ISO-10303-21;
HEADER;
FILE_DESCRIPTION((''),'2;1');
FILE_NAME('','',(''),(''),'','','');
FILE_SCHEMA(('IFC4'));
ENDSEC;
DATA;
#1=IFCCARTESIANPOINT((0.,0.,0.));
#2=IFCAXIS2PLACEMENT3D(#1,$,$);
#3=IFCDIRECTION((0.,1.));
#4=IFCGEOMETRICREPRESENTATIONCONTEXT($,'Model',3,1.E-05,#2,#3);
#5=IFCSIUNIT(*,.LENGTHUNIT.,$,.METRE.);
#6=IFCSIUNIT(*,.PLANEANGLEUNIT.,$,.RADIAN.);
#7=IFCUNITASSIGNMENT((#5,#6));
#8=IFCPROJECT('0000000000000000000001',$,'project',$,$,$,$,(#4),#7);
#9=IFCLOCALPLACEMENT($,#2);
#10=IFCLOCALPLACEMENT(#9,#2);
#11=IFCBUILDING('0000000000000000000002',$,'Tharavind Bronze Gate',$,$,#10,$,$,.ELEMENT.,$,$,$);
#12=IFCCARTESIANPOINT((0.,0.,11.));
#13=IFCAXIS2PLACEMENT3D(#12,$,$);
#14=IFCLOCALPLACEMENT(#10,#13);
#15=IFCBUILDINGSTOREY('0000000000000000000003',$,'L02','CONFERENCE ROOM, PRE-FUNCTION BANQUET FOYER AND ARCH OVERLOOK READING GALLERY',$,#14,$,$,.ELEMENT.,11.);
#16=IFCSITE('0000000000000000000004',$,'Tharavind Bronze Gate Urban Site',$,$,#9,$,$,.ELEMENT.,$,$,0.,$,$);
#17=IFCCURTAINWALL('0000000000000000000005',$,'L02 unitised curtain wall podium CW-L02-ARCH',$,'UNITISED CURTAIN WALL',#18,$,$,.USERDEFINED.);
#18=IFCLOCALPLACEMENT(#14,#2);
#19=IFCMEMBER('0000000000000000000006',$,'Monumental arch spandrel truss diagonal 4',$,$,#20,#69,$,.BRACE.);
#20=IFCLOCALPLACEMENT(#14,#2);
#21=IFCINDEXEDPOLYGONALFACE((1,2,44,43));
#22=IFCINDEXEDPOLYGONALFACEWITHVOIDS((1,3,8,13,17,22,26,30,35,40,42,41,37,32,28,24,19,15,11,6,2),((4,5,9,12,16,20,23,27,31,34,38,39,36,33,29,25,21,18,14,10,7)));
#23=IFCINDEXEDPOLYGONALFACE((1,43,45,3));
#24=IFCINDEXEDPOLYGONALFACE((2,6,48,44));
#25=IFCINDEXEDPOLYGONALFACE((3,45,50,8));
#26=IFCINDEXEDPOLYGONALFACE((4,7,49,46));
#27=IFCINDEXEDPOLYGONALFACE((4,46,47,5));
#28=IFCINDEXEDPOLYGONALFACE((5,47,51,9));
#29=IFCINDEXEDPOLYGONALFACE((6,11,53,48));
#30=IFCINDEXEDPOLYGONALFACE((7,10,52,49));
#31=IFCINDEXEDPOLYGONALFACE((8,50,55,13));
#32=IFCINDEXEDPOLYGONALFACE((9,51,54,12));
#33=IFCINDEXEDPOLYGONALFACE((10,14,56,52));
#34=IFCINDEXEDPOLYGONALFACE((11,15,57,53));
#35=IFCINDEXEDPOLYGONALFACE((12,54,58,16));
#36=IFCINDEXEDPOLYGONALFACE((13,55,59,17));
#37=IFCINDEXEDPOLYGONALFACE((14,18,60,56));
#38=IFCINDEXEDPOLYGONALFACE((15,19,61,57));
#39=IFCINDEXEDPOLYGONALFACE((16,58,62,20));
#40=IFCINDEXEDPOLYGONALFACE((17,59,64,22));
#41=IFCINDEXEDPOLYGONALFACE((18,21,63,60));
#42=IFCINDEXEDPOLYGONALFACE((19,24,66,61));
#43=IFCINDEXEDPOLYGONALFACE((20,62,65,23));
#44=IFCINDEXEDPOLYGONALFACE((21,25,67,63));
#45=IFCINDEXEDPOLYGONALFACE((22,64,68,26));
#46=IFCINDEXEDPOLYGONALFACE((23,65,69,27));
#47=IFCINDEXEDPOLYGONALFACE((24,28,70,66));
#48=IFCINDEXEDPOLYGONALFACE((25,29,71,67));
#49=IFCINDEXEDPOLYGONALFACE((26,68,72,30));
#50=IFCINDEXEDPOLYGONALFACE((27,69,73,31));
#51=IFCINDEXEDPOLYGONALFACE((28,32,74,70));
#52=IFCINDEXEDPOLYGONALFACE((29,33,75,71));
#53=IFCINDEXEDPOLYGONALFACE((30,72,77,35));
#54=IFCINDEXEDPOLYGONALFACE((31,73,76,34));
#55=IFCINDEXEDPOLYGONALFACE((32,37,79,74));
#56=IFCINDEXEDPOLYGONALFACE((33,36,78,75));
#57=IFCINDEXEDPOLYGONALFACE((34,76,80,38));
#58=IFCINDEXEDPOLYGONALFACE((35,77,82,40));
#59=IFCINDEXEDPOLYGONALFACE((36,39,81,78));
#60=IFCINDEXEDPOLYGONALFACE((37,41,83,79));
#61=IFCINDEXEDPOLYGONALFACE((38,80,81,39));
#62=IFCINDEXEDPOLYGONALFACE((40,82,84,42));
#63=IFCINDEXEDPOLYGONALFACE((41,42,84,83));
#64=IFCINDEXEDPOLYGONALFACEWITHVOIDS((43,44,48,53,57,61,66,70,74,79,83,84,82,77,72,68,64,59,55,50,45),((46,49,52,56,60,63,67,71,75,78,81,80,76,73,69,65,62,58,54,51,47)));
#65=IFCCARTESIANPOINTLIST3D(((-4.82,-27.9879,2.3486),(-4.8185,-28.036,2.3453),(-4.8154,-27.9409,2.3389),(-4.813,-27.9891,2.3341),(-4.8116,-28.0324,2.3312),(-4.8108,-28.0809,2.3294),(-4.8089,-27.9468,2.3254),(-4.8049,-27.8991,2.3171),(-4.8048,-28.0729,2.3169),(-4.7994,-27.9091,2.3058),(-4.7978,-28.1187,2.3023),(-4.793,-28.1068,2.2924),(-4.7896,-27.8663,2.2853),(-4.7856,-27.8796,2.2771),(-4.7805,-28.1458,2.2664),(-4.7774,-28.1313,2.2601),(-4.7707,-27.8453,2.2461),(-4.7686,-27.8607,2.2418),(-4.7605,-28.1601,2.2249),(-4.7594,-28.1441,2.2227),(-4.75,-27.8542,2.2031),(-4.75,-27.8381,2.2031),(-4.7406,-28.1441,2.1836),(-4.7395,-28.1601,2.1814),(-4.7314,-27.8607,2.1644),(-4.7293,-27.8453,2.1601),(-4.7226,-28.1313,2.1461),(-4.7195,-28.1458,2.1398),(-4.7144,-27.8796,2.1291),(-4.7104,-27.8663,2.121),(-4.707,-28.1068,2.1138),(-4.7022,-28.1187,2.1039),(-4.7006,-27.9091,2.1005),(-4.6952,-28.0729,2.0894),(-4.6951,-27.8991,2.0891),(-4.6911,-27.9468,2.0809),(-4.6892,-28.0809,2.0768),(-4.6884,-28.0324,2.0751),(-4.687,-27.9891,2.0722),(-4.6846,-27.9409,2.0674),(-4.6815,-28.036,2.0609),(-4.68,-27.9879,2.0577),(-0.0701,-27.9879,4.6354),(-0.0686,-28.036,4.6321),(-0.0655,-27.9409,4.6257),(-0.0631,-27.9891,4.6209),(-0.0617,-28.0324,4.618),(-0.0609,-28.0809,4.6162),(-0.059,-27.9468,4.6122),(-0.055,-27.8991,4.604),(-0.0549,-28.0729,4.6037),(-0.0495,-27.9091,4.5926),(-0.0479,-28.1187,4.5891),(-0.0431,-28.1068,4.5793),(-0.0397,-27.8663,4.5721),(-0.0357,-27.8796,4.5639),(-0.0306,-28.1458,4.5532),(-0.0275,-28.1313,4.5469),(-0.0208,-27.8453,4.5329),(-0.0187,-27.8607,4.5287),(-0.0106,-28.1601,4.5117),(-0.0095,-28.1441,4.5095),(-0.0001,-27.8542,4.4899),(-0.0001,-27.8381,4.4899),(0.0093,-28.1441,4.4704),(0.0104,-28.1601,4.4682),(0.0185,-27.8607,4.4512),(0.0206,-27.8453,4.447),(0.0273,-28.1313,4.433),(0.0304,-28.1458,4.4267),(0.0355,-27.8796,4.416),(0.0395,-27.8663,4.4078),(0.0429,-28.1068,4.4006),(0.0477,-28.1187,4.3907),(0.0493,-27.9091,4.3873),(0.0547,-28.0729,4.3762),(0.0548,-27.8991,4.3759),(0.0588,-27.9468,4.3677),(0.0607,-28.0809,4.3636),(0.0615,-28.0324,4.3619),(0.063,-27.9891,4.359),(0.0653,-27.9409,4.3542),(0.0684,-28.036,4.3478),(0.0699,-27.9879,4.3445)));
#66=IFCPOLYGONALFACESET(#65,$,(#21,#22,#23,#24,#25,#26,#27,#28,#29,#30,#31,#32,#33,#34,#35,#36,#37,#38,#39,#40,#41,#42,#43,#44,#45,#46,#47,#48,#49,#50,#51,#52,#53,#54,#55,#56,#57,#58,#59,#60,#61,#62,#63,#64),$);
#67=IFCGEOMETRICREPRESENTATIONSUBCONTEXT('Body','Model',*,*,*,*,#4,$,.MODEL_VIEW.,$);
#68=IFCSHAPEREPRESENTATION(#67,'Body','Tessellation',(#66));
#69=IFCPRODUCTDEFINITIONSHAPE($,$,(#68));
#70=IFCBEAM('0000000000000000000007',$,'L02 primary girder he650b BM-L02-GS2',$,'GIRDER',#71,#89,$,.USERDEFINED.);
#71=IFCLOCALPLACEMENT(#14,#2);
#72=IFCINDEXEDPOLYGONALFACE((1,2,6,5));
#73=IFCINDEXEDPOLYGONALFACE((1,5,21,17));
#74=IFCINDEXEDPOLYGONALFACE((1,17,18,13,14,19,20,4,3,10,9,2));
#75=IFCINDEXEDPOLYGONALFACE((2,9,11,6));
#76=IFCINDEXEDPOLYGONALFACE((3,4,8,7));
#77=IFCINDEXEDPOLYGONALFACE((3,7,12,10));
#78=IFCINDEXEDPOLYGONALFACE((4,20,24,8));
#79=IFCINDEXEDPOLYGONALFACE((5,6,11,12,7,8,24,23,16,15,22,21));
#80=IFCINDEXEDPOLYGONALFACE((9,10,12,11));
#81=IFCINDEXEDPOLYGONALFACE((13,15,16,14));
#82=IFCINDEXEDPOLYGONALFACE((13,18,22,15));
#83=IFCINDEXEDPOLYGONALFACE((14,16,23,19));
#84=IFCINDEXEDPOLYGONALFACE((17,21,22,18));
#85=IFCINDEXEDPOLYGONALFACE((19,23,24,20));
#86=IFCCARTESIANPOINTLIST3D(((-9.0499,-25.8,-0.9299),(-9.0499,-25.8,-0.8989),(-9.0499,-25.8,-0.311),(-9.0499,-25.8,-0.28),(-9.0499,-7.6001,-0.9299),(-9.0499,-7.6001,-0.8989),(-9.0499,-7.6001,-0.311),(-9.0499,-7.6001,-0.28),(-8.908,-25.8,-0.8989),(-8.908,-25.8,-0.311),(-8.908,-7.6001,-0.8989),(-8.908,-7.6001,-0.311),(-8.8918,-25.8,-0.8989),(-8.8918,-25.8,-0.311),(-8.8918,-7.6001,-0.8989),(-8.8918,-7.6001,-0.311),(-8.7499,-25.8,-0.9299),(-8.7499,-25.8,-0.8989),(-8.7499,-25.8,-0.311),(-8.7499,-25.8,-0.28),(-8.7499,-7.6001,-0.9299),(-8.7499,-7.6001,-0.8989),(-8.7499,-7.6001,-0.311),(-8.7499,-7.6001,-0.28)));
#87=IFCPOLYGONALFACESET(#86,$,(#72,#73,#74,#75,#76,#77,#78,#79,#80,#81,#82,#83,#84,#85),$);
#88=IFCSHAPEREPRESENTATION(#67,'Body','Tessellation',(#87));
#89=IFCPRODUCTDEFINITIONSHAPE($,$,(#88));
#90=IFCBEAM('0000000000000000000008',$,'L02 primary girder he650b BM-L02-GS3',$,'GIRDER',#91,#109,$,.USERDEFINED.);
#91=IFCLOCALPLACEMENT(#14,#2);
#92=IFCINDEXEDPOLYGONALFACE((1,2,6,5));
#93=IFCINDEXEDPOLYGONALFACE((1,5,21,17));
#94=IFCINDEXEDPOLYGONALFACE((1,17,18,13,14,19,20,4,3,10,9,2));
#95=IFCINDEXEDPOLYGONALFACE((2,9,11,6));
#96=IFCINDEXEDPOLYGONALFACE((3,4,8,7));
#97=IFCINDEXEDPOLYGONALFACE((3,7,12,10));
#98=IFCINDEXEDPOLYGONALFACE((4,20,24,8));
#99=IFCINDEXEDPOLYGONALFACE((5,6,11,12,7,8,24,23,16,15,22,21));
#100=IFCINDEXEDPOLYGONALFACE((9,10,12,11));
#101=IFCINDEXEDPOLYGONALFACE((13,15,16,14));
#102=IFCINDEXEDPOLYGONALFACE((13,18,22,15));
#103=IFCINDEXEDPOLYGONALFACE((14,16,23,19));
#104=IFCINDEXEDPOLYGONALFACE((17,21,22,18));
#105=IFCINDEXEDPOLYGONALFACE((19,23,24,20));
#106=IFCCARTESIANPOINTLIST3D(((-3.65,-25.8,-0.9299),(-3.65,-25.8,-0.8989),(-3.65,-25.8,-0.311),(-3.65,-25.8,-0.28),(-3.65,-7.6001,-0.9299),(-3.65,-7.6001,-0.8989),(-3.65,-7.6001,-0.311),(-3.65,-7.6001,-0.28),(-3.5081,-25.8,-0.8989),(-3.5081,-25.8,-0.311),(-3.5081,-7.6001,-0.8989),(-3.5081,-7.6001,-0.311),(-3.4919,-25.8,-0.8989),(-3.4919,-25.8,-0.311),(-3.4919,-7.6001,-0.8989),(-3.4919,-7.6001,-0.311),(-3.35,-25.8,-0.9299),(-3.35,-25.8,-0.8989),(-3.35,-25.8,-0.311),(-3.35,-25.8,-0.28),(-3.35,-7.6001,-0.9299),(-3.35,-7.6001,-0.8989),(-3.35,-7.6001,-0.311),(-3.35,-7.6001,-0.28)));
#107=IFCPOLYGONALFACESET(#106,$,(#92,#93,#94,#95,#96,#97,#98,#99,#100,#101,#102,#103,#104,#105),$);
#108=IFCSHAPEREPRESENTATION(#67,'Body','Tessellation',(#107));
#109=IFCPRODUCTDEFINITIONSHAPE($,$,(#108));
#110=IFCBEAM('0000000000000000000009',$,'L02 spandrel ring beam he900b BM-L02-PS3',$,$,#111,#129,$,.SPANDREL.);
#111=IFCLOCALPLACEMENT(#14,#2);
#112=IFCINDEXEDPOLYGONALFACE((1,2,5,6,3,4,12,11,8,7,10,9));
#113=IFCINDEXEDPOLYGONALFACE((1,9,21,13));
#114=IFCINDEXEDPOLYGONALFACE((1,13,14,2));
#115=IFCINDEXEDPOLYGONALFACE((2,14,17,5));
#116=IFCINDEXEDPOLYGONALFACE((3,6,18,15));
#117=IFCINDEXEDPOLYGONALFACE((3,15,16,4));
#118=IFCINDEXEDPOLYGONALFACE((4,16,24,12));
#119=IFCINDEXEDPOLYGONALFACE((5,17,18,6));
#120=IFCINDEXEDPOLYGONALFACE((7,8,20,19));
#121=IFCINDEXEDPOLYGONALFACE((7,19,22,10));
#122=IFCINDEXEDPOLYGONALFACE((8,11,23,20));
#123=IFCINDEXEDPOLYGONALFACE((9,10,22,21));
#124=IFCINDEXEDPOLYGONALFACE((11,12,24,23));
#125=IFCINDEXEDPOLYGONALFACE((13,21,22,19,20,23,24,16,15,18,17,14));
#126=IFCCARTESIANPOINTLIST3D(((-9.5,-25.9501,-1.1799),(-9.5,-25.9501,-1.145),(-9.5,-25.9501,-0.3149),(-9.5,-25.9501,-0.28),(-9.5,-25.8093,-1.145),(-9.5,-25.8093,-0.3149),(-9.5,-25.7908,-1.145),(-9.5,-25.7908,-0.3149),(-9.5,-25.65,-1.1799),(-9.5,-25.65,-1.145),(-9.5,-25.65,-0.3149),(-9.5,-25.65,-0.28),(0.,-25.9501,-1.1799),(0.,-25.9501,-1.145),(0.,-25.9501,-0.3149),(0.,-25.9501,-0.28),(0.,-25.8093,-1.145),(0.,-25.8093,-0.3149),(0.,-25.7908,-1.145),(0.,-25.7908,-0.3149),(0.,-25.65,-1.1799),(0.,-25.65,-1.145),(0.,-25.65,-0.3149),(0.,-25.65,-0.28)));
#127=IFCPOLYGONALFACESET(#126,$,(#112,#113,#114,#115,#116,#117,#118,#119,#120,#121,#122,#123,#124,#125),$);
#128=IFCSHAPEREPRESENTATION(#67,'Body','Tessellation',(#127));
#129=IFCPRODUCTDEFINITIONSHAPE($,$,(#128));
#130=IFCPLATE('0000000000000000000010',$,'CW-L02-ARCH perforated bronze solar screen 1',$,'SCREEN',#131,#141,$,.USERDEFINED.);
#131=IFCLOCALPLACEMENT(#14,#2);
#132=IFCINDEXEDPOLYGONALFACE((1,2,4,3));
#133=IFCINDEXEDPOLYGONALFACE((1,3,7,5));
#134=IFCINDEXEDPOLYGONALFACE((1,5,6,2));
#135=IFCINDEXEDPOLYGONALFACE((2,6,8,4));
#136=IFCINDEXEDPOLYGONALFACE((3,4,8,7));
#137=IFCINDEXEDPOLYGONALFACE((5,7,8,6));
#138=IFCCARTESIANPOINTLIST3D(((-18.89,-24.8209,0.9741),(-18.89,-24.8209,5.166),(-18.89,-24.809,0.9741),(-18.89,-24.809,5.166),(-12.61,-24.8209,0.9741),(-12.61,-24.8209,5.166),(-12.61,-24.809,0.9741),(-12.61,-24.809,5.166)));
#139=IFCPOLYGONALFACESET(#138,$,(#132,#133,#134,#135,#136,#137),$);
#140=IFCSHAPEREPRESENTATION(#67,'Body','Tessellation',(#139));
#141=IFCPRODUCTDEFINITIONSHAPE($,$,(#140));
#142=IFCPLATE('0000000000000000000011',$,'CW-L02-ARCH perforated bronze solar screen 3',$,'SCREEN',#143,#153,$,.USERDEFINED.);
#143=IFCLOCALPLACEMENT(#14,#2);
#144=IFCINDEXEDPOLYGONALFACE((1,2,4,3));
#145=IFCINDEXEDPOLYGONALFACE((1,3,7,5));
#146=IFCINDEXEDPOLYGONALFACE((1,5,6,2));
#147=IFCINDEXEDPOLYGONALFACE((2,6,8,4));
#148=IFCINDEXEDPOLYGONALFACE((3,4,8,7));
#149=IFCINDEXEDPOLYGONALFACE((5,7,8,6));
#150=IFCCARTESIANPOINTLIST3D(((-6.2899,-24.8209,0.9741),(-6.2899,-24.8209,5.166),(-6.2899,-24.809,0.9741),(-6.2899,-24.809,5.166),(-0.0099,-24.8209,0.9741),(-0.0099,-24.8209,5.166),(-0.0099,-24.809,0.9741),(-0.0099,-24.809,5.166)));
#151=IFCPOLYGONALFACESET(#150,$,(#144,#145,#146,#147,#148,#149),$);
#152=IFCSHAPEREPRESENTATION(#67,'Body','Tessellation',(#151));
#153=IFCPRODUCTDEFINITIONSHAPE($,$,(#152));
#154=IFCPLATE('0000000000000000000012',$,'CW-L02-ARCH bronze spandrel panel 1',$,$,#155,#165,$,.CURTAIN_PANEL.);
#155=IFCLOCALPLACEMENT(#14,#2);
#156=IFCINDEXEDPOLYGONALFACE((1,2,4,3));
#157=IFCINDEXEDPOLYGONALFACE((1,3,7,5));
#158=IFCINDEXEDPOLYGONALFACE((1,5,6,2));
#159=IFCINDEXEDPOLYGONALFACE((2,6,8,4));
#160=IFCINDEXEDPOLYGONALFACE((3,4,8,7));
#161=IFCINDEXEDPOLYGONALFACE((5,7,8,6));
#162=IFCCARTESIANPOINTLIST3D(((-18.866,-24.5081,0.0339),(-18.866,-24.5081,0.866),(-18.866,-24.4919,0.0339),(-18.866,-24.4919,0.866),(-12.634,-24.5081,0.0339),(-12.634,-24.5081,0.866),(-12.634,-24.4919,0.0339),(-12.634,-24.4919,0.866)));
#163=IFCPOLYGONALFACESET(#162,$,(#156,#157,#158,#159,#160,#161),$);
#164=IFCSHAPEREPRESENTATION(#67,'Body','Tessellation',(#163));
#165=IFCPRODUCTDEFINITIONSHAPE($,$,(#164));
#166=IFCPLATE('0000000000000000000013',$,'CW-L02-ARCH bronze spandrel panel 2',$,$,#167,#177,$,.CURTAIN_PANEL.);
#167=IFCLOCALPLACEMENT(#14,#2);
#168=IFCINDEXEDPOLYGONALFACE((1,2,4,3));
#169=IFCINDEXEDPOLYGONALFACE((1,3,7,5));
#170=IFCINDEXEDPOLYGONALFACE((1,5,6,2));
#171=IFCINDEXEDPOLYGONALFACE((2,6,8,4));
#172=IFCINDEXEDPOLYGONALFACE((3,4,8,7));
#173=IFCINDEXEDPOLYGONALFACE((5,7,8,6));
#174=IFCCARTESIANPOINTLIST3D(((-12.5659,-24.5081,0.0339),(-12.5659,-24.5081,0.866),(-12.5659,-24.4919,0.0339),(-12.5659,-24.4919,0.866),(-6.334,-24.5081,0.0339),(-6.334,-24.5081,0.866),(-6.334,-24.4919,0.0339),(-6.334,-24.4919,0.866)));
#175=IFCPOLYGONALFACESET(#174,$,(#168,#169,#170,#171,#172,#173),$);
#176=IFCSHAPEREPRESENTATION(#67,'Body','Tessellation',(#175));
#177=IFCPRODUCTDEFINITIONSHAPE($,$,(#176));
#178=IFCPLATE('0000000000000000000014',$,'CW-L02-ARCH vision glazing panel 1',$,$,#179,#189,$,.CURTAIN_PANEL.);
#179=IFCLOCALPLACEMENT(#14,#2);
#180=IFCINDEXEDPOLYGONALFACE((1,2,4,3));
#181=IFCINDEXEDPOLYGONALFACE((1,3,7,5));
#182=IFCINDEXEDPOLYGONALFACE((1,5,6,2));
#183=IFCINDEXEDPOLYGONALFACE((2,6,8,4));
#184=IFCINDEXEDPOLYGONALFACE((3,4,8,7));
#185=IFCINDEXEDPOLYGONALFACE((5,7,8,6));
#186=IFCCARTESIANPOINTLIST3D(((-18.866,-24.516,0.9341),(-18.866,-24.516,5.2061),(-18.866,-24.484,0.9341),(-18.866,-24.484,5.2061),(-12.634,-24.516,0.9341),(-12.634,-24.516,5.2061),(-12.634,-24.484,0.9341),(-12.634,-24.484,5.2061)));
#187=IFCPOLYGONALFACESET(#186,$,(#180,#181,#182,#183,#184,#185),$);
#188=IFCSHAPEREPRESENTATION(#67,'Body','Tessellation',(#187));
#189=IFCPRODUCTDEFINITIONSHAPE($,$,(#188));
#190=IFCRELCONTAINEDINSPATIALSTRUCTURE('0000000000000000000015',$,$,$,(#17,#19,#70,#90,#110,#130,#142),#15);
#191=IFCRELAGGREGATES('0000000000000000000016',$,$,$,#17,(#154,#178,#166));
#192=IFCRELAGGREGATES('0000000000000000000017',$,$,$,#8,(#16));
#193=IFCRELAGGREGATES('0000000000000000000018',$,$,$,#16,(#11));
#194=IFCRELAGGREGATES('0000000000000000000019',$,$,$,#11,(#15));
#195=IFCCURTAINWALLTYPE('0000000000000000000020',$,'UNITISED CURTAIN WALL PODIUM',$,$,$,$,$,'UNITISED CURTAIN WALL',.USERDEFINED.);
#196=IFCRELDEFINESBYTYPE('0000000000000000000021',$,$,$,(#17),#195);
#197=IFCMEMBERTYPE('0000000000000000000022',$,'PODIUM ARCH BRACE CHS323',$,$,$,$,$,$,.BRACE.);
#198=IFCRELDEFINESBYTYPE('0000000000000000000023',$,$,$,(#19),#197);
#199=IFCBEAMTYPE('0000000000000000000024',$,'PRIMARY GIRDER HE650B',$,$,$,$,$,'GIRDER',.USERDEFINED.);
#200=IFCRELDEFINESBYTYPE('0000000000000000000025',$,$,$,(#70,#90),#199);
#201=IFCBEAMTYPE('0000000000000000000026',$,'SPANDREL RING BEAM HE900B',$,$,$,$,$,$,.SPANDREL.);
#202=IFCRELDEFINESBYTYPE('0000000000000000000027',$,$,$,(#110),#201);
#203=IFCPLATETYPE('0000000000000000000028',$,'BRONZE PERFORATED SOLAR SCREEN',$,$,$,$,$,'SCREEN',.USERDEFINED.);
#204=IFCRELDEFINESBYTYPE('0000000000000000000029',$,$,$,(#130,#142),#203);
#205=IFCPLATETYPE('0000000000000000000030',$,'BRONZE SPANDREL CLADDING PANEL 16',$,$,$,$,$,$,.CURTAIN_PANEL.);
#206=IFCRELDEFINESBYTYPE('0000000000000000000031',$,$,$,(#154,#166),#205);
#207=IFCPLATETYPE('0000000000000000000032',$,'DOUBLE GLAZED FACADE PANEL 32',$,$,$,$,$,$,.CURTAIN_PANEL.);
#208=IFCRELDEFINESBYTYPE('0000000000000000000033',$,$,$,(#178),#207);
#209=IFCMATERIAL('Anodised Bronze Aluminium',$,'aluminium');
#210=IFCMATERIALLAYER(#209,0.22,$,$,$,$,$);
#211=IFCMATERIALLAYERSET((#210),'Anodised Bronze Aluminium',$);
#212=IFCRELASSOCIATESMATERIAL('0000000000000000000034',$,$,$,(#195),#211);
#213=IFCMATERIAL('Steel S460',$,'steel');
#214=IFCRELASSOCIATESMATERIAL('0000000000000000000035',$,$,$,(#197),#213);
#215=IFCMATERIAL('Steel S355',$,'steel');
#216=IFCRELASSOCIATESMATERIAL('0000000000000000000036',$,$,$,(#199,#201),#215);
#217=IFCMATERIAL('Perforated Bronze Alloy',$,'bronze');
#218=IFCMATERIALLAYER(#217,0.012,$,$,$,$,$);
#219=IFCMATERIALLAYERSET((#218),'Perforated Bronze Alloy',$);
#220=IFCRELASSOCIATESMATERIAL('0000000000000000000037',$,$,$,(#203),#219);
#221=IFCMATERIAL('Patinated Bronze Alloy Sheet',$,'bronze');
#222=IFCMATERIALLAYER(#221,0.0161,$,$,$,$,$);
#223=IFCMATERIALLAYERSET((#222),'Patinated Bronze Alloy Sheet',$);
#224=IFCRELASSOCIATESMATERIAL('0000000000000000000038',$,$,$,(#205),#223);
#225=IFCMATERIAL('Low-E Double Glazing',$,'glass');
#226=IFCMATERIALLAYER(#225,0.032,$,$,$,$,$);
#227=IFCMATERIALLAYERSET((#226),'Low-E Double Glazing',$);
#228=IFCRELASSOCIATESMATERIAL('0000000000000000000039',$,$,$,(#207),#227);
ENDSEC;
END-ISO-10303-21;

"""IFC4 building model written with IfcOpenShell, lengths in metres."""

from ifc_helpers import new_model, si_unit, direction, frame, origin, origin_2d, place, context, subcontext, project, spatial, rectangle, hollow_circle, i_section, extrude, material, layer, layer_set, material_profile, profile_set, type_object, element, aggregate, save


model = new_model("IFC4")

# Units and contexts
model_context = context("Model", 3, precision=1e-05, world=origin(), true_north=direction((0.0, 1.0)))
body_context = subcontext(model_context, "Body", "Model", "MODEL_VIEW")
ifc_project = project(units=[si_unit("LENGTHUNIT", "METRE"), si_unit("PLANEANGLEUNIT", "RADIAN")], contexts=[model_context])

# Site, building, storey
site_placement = place(None, origin())
site = spatial("IfcSite", under=ifc_project, at=site_placement, Name="Tharavind Bronze Gate Urban Site", CompositionType="ELEMENT", RefElevation=0.0)
building_placement = place(site_placement, origin())
building = spatial("IfcBuilding", under=site, at=building_placement, Name="Tharavind Bronze Gate", CompositionType="ELEMENT")
storey_placement = place(building_placement, frame((0.0, 0.0, 11.0)))
storey = spatial("IfcBuildingStorey", under=building, at=storey_placement, Name="L02", Description="CONFERENCE ROOM, PRE-FUNCTION BANQUET FOYER AND ARCH OVERLOOK READING GALLERY", CompositionType="ELEMENT", Elevation=11.0)

# Shared definitions
ifc_material_1 = material(Name="Steel S460", Category="steel")

# Curtain wall
ifc_material_2 = material(Name="Anodised Bronze Aluminium", Category="aluminium")
ifc_layer_1 = layer(ifc_material_2, 0.22)
ifc_layer_set_1 = layer_set([ifc_layer_1], Name="Anodised Bronze Aluminium")
curtain_wall_type = type_object("IfcCurtainWallType", Name="UNITISED CURTAIN WALL PODIUM", ElementType="UNITISED CURTAIN WALL", PredefinedType="USERDEFINED", material=ifc_layer_set_1)
curtain_wall_placement = place(storey_placement, origin())
curtain_wall = element("IfcCurtainWall", 1, at=curtain_wall_placement, inside=storey, type_object=curtain_wall_type, Name="L02 unitised curtain wall podium CW-L02-ARCH", ObjectType="UNITISED CURTAIN WALL", PredefinedType="USERDEFINED")

# Member
ifc_material_profile_1 = material_profile(ifc_material_1, hollow_circle(Radius=0.1619, WallThickness=0.0161, at=origin_2d()), Name="CHS323X16")
ifc_profile_set_1 = profile_set([ifc_material_profile_1], Name="Steel S460")
member_type_1 = type_object("IfcMemberType", Name="PODIUM ARCH BRACE CHS323", PredefinedType="BRACE", material=ifc_profile_set_1)
member_1_placement = place(storey_placement, frame((-4.75, -28.0, 2.2031), z_axis=(0.901014, 0.0, 0.433789), x_axis=(0.0, 1.0, 0.0)))
element("IfcMember", 2, at=member_1_placement, inside=storey, type_object=member_type_1, Name="Monumental arch spandrel truss diagonal 4", PredefinedType="BRACE", context=body_context, shape_type="SweptSolid", body=[
    extrude(hollow_circle(Radius=0.1619, WallThickness=0.0161, at=origin_2d()), origin(), (0.0, 0.0, 1.0), 5.2717),
])

# Beams
ifc_material_3 = material(Name="Steel S355", Category="steel")
ifc_material_profile_2 = material_profile(ifc_material_3, i_section(OverallWidth=0.3, OverallDepth=0.6499, WebThickness=0.0161, FlangeThickness=0.031, at=origin_2d()), Name="HE650B")
ifc_profile_set_2 = profile_set([ifc_material_profile_2], Name="Steel S355")
beam_type_1 = type_object("IfcBeamType", Name="PRIMARY GIRDER HE650B", ElementType="GIRDER", PredefinedType="USERDEFINED", material=ifc_profile_set_2)
for number, where, z_axis, x_axis, name in (
    (3, (-8.8999, -25.8, -0.605), (0.0, 1.0, 0.0), (-1.0, 0.0, 0.0), "L02 primary girder he650b BM-L02-GS2"),
    (4, (-3.5, -25.8, -0.605), (0.0, 1.0, 0.0), (-1.0, 0.0, 0.0), "L02 primary girder he650b BM-L02-GS3"),
):
    element("IfcBeam", number, at=place(storey_placement, frame(where, z_axis=z_axis, x_axis=x_axis)), inside=storey, type_object=beam_type_1, Name=name, ObjectType="GIRDER", PredefinedType="USERDEFINED", context=body_context, shape_type="SweptSolid", body=[
        extrude(i_section(OverallWidth=0.3, OverallDepth=0.6499, WebThickness=0.0161, FlangeThickness=0.031, at=origin_2d()), origin(), (0.0, 0.0, 1.0), 18.2),
    ])
ifc_material_profile_3 = material_profile(ifc_material_3, i_section(OverallWidth=0.3, OverallDepth=0.8999, WebThickness=0.0186, FlangeThickness=0.0349, at=origin_2d()), Name="HE900B")
ifc_profile_set_3 = profile_set([ifc_material_profile_3], Name="Steel S355")
beam_type_2 = type_object("IfcBeamType", Name="SPANDREL RING BEAM HE900B", PredefinedType="SPANDREL", material=ifc_profile_set_3)
beam_1_placement = place(storey_placement, frame((-9.5, -25.8, -0.73), z_axis=(1.0, 0.0, 0.0), x_axis=(0.0, 1.0, 0.0)))
element("IfcBeam", 5, at=beam_1_placement, inside=storey, type_object=beam_type_2, Name="L02 spandrel ring beam he900b BM-L02-PS3", PredefinedType="SPANDREL", context=body_context, shape_type="SweptSolid", body=[
    extrude(i_section(OverallWidth=0.3, OverallDepth=0.8999, WebThickness=0.0186, FlangeThickness=0.0349, at=origin_2d()), origin(), (0.0, 0.0, 1.0), 9.5),
])

# Plates
ifc_material_4 = material(Name="Perforated Bronze Alloy", Category="bronze")
ifc_layer_2 = layer(ifc_material_4, 0.012)
ifc_layer_set_2 = layer_set([ifc_layer_2], Name="Perforated Bronze Alloy")
plate_type_1 = type_object("IfcPlateType", Name="BRONZE PERFORATED SOLAR SCREEN", ElementType="SCREEN", PredefinedType="USERDEFINED", material=ifc_layer_set_2)
for number, where, z_axis, x_axis, name in (
    (6, (-15.75, -24.8149, 0.9741), (0.0, 0.0, 1.0), (1.0, 0.0, 0.0), "CW-L02-ARCH perforated bronze solar screen 1"),
    (7, (-3.1499, -24.8149, 0.9741), (0.0, 0.0, 1.0), (1.0, 0.0, 0.0), "CW-L02-ARCH perforated bronze solar screen 3"),
):
    element("IfcPlate", number, at=place(storey_placement, frame(where, z_axis=z_axis, x_axis=x_axis)), inside=storey, type_object=plate_type_1, Name=name, ObjectType="SCREEN", PredefinedType="USERDEFINED", context=body_context, shape_type="SweptSolid", body=[
        extrude(rectangle(XDim=6.28, YDim=0.012, at=origin_2d()), origin(), (0.0, 0.0, 1.0), 4.1919),
    ])

# Plates
ifc_material_5 = material(Name="Patinated Bronze Alloy Sheet", Category="bronze")
ifc_layer_3 = layer(ifc_material_5, 0.0161)
ifc_layer_set_3 = layer_set([ifc_layer_3], Name="Patinated Bronze Alloy Sheet")
plate_type_2 = type_object("IfcPlateType", Name="BRONZE SPANDREL CLADDING PANEL 16", PredefinedType="CURTAIN_PANEL", material=ifc_layer_set_3)
plate_1_placement = place(storey_placement, frame((-15.75, -24.5, 0.0339), z_axis=(0.0, 0.0, 1.0), x_axis=(1.0, 0.0, 0.0)))
plate_1 = element("IfcPlate", 8, at=plate_1_placement, type_object=plate_type_2, Name="CW-L02-ARCH bronze spandrel panel 1", PredefinedType="CURTAIN_PANEL", context=body_context, shape_type="SweptSolid", body=[
    extrude(rectangle(XDim=6.2319, YDim=0.0161, at=origin_2d()), origin(), (0.0, 0.0, 1.0), 0.832),
])
plate_2_placement = place(storey_placement, frame((-9.45, -24.5, 0.0339), z_axis=(0.0, 0.0, 1.0), x_axis=(1.0, 0.0, 0.0)))
plate_2 = element("IfcPlate", 9, at=plate_2_placement, type_object=plate_type_2, Name="CW-L02-ARCH bronze spandrel panel 2", PredefinedType="CURTAIN_PANEL", context=body_context, shape_type="SweptSolid", body=[
    extrude(rectangle(XDim=6.2319, YDim=0.0161, at=origin_2d()), origin(), (0.0, 0.0, 1.0), 0.832),
])
ifc_material_6 = material(Name="Low-E Double Glazing", Category="glass")
ifc_layer_4 = layer(ifc_material_6, 0.032)
ifc_layer_set_4 = layer_set([ifc_layer_4], Name="Low-E Double Glazing")
plate_type_3 = type_object("IfcPlateType", Name="DOUBLE GLAZED FACADE PANEL 32", PredefinedType="CURTAIN_PANEL", material=ifc_layer_set_4)
plate_3_placement = place(storey_placement, frame((-15.75, -24.5, 0.9341), z_axis=(0.0, 0.0, 1.0), x_axis=(1.0, 0.0, 0.0)))
plate_3 = element("IfcPlate", 10, at=plate_3_placement, type_object=plate_type_3, Name="CW-L02-ARCH vision glazing panel 1", PredefinedType="CURTAIN_PANEL", context=body_context, shape_type="SweptSolid", body=[
    extrude(rectangle(XDim=6.2319, YDim=0.032, at=origin_2d()), origin(), (0.0, 0.0, 1.0), 4.272),
])
aggregate(curtain_wall, [plate_1, plate_3, plate_2])

save(model, "model.ifc")
